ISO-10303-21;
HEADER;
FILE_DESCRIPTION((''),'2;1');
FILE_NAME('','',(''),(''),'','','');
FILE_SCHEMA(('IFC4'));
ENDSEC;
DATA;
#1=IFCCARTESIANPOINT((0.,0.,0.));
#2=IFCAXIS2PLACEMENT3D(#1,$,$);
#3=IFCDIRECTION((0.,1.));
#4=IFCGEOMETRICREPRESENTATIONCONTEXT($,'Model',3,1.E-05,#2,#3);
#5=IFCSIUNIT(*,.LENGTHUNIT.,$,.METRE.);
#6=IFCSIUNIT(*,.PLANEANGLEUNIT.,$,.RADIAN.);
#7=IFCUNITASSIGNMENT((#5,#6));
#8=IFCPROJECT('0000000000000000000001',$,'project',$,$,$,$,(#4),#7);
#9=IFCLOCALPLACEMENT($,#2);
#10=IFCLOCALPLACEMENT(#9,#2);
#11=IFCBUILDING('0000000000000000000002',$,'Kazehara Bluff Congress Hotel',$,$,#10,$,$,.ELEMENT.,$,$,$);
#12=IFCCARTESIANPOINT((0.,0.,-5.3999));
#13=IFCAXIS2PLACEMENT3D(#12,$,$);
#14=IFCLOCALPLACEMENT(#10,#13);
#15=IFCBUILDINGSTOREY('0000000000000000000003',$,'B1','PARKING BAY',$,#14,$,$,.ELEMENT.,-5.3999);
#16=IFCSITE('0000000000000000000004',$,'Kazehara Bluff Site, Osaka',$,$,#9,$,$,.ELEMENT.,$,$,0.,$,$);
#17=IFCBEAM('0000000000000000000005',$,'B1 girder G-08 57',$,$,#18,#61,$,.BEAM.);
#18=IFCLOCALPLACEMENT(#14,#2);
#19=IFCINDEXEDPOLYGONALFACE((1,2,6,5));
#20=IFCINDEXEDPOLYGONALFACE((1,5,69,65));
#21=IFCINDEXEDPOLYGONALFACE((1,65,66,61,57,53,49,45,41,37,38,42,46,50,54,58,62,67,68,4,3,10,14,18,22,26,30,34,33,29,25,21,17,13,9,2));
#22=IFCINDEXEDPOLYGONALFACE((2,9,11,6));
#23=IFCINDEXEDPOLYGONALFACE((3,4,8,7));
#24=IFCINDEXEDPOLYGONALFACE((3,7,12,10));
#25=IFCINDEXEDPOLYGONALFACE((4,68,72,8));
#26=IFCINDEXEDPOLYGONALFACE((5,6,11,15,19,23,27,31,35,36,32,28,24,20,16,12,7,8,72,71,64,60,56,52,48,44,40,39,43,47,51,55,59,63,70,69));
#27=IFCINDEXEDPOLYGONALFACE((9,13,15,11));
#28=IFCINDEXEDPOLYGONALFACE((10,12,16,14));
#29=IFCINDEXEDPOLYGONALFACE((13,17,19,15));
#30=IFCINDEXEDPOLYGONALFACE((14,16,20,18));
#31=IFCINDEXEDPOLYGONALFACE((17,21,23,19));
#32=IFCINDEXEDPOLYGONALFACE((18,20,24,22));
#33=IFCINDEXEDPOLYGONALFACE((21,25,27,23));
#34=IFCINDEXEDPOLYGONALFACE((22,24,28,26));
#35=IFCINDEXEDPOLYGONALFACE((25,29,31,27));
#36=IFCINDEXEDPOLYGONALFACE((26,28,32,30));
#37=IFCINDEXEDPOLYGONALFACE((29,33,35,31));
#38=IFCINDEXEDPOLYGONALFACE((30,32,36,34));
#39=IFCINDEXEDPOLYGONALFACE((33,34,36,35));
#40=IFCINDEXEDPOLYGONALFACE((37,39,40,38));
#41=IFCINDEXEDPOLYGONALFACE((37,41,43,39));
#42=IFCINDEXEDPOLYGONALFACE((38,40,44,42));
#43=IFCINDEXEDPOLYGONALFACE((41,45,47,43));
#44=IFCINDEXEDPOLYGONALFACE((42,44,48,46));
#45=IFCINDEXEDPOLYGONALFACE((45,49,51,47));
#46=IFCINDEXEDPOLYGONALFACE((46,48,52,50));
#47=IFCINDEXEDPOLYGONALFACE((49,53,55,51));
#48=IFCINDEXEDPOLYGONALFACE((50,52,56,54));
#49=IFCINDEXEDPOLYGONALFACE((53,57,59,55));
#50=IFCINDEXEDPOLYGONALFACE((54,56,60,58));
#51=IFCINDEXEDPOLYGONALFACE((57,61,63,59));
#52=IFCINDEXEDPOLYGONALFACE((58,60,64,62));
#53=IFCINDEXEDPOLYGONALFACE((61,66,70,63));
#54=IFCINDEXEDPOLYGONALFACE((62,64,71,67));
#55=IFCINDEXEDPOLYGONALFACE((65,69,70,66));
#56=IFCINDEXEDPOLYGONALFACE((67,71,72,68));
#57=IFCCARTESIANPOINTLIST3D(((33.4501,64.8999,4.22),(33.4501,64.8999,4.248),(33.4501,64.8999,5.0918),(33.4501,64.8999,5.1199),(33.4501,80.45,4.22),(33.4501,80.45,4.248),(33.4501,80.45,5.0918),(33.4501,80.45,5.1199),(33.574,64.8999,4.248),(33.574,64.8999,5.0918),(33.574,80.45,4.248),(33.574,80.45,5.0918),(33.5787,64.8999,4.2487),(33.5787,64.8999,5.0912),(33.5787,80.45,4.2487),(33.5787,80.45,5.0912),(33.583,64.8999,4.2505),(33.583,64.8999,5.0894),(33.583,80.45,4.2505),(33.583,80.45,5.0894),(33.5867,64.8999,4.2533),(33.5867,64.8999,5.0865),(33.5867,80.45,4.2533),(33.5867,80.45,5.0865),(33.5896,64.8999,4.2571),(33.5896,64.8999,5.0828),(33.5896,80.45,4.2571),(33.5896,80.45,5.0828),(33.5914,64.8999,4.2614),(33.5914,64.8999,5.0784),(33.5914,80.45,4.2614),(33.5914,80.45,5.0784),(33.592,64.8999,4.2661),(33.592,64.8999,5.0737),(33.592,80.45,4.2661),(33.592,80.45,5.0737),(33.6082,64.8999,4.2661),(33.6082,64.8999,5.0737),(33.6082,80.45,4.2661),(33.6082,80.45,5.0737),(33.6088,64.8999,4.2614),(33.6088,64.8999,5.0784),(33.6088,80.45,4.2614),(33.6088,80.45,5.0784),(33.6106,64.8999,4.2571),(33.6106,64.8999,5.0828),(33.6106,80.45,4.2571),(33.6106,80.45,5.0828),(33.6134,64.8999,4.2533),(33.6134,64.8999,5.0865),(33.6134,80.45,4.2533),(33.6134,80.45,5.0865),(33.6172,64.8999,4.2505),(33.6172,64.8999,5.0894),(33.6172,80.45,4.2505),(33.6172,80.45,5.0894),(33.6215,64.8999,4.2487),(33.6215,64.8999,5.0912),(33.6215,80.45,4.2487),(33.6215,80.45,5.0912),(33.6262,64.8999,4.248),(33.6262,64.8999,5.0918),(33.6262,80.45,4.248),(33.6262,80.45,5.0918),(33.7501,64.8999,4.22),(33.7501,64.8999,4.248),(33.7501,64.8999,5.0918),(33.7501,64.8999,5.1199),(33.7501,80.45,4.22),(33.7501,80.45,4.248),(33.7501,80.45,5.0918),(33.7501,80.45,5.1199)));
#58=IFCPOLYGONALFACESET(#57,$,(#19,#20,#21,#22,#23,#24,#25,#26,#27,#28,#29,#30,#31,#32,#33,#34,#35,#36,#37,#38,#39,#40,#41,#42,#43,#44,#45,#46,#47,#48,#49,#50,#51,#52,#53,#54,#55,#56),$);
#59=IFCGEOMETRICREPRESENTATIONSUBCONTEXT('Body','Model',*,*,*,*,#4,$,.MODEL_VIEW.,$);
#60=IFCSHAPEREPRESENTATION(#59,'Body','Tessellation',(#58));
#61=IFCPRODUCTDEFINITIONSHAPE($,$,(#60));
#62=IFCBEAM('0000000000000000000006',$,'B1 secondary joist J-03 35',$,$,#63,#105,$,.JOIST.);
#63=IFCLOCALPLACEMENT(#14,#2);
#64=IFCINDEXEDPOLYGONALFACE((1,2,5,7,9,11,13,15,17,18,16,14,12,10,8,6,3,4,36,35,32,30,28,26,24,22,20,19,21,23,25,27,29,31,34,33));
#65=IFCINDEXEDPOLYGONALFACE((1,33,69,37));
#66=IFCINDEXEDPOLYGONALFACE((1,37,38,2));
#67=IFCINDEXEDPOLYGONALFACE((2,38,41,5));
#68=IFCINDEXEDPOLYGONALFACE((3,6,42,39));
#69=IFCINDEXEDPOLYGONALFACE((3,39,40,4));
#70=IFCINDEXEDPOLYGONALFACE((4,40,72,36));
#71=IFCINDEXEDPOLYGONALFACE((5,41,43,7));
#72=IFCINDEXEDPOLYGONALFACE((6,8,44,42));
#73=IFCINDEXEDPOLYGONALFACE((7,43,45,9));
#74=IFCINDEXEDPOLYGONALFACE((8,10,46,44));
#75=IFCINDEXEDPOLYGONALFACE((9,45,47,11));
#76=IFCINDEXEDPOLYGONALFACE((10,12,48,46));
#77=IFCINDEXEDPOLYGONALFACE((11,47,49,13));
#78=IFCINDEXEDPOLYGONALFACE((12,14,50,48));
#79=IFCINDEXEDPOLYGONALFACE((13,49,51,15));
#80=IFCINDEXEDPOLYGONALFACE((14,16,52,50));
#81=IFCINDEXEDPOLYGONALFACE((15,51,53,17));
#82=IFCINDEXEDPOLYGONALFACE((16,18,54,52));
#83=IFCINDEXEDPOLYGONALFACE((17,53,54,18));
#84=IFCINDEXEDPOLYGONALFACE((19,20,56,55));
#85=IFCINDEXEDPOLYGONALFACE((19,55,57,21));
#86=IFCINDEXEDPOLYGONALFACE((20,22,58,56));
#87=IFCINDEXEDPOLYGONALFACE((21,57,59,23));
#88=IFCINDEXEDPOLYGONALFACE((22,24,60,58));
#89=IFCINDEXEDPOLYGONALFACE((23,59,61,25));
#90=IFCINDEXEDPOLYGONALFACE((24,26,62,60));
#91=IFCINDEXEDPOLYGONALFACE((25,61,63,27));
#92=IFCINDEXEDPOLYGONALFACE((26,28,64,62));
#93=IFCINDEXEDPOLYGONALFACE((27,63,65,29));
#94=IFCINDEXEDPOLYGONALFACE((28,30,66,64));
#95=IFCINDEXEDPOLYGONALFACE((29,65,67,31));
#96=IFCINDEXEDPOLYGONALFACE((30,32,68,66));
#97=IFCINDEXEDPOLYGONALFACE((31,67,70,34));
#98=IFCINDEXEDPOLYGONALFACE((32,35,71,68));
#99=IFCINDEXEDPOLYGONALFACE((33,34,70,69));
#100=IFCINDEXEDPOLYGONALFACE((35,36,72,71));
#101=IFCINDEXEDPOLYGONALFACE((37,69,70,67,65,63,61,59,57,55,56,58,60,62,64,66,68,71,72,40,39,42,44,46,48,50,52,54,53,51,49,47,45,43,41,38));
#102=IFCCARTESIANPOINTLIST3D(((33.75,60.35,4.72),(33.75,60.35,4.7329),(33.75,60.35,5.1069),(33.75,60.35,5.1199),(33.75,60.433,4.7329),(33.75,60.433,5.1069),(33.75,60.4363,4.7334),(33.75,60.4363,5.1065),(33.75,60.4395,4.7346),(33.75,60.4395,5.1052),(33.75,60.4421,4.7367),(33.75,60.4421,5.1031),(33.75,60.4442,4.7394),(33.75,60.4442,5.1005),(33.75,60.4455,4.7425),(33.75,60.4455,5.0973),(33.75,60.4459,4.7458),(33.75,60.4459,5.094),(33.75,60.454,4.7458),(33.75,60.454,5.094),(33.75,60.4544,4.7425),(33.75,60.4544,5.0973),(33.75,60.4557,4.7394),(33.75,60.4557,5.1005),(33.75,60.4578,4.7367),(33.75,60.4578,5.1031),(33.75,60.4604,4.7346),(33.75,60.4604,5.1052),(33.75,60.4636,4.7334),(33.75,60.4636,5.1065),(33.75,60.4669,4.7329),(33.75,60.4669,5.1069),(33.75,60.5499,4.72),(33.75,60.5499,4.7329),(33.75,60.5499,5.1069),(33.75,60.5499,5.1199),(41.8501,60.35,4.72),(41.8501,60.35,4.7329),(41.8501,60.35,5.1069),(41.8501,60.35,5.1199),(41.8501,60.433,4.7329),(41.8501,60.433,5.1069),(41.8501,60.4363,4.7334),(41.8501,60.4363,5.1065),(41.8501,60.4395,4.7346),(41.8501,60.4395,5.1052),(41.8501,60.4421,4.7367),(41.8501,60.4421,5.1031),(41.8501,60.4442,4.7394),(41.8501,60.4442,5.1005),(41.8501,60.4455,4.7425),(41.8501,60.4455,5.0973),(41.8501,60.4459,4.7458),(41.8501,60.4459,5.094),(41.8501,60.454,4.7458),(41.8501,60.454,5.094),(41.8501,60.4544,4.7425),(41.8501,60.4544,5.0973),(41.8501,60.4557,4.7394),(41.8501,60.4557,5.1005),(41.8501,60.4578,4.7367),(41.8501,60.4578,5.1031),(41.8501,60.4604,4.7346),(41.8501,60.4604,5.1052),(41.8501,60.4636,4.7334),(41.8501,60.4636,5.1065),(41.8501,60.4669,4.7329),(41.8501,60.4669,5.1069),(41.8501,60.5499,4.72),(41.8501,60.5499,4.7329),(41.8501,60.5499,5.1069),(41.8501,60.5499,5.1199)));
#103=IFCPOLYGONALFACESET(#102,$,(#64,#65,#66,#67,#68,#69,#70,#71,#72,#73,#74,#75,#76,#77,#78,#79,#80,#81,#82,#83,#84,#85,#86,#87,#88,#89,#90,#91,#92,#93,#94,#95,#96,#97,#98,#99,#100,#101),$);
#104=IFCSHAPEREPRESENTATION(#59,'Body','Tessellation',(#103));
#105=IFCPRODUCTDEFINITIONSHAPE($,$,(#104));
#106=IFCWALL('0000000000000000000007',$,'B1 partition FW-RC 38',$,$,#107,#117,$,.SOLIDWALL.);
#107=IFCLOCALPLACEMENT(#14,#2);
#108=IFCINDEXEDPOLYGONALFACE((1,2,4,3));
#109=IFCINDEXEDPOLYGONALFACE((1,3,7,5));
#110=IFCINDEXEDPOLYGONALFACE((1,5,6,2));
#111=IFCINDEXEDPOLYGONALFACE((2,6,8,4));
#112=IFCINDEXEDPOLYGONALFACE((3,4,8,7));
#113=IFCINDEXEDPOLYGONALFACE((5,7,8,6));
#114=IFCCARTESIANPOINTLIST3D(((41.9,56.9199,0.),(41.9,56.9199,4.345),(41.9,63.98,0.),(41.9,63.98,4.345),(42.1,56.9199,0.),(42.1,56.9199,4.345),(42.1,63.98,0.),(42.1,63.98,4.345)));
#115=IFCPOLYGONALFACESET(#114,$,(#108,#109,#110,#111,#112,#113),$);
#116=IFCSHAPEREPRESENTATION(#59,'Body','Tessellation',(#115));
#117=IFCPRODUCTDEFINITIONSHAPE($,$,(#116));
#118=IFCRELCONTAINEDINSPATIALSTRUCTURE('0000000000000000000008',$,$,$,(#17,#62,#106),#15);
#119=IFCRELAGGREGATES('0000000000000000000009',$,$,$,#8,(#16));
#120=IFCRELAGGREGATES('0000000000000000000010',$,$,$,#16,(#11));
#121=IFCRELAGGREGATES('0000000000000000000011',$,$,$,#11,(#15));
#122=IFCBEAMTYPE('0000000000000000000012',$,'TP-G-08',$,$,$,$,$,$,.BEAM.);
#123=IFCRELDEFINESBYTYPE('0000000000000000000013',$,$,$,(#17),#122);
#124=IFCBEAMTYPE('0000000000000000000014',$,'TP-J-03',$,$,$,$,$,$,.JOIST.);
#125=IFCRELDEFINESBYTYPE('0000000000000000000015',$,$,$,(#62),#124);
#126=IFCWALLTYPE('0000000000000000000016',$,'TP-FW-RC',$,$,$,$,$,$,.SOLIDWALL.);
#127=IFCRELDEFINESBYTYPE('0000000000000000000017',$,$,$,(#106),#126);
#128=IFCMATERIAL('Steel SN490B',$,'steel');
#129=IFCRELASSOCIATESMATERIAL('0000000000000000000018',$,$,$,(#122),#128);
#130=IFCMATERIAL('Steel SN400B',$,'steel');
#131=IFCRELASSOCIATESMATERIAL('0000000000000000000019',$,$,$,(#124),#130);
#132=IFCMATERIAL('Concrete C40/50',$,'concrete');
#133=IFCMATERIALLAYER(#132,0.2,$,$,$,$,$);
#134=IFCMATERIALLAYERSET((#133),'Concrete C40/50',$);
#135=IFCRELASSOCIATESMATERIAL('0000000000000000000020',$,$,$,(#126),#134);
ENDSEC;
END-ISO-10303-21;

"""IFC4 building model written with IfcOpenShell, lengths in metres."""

from ifc_helpers import new_model, si_unit, direction, frame, frame_2d, origin, origin_2d, place, context, subcontext, project, spatial, rectangle, i_section, extrude, material, layer, layer_set, material_profile, profile_set, type_object, element, save


model = new_model("IFC4")

# Units and contexts
model_context = context("Model", 3, precision=1e-05, world=origin(), true_north=direction((0.0, 1.0)))
body_context = subcontext(model_context, "Body", "Model", "MODEL_VIEW")
ifc_project = project(units=[si_unit("LENGTHUNIT", "METRE"), si_unit("PLANEANGLEUNIT", "RADIAN")], contexts=[model_context])

# Site, building, storey
site_placement = place(None, origin())
site = spatial("IfcSite", under=ifc_project, at=site_placement, Name="Kazehara Bluff Site, Osaka", CompositionType="ELEMENT", RefElevation=0.0)
building_placement = place(site_placement, origin())
building = spatial("IfcBuilding", under=site, at=building_placement, Name="Kazehara Bluff Congress Hotel", CompositionType="ELEMENT")
storey_placement = place(building_placement, frame((0.0, 0.0, -5.3999)))
storey = spatial("IfcBuildingStorey", under=building, at=storey_placement, Name="B1", Description="PARKING BAY", CompositionType="ELEMENT", Elevation=-5.3999)

# Beams
ifc_material_1 = material(Name="Steel SN490B", Category="steel")
ifc_material_profile_1 = material_profile(ifc_material_1, i_section(OverallWidth=0.3, OverallDepth=0.8999, WebThickness=0.0161, FlangeThickness=0.0281, FilletRadius=0.0181, at=origin_2d()))
ifc_profile_set_1 = profile_set([ifc_material_profile_1], Name="Steel SN490B")
beam_type_1 = type_object("IfcBeamType", Name="TP-G-08", PredefinedType="BEAM", material=ifc_profile_set_1)
beam_1_placement = place(storey_placement, frame((33.6001, 64.8999, 4.6699), z_axis=(0.0, 1.0, 0.0), x_axis=(-1.0, 0.0, 0.0)))
element("IfcBeam", 1, at=beam_1_placement, inside=storey, type_object=beam_type_1, Name="B1 girder G-08 57", PredefinedType="BEAM", context=body_context, shape_type="SweptSolid", body=[
    extrude(i_section(OverallWidth=0.3, OverallDepth=0.8999, WebThickness=0.0161, FlangeThickness=0.0281, FilletRadius=0.0181, at=origin_2d()), origin(), (0.0, 0.0, 1.0), 15.55),
])
ifc_material_2 = material(Name="Steel SN400B", Category="steel")
ifc_material_profile_2 = material_profile(ifc_material_2, i_section(OverallWidth=0.2, OverallDepth=0.3999, WebThickness=0.0081, FlangeThickness=0.0129, FilletRadius=0.0129, at=origin_2d()))
ifc_profile_set_2 = profile_set([ifc_material_profile_2], Name="Steel SN400B")
beam_type_2 = type_object("IfcBeamType", Name="TP-J-03", PredefinedType="JOIST", material=ifc_profile_set_2)
beam_2_placement = place(storey_placement, frame((33.75, 60.45, 4.9199), z_axis=(1.0, 0.0, 0.0), x_axis=(0.0, 1.0, 0.0)))
element("IfcBeam", 2, at=beam_2_placement, inside=storey, type_object=beam_type_2, Name="B1 secondary joist J-03 35", PredefinedType="JOIST", context=body_context, shape_type="SweptSolid", body=[
    extrude(i_section(OverallWidth=0.2, OverallDepth=0.3999, WebThickness=0.0081, FlangeThickness=0.0129, FilletRadius=0.0129, at=origin_2d()), origin(), (0.0, 0.0, 1.0), 8.1001),
])

# Wall
ifc_material_3 = material(Name="Concrete C40/50", Category="concrete")
ifc_layer_1 = layer(ifc_material_3, 0.2)
ifc_layer_set_1 = layer_set([ifc_layer_1], Name="Concrete C40/50")
wall_type = type_object("IfcWallType", Name="TP-FW-RC", PredefinedType="SOLIDWALL", material=ifc_layer_set_1)
wall_placement = place(storey_placement, frame((42.0, 56.9199, 0.0), z_axis=(0.0, 0.0, 1.0), x_axis=(0.0, 1.0, 0.0)))
element("IfcWall", 3, at=wall_placement, inside=storey, type_object=wall_type, Name="B1 partition FW-RC 38", PredefinedType="SOLIDWALL", context=body_context, shape_type="SweptSolid", body=[
    extrude(rectangle(XDim=7.0601, YDim=0.2, at=frame_2d((3.53, 0.0))), origin(), (0.0, 0.0, 1.0), 4.345),
])

save(model, "model.ifc")
